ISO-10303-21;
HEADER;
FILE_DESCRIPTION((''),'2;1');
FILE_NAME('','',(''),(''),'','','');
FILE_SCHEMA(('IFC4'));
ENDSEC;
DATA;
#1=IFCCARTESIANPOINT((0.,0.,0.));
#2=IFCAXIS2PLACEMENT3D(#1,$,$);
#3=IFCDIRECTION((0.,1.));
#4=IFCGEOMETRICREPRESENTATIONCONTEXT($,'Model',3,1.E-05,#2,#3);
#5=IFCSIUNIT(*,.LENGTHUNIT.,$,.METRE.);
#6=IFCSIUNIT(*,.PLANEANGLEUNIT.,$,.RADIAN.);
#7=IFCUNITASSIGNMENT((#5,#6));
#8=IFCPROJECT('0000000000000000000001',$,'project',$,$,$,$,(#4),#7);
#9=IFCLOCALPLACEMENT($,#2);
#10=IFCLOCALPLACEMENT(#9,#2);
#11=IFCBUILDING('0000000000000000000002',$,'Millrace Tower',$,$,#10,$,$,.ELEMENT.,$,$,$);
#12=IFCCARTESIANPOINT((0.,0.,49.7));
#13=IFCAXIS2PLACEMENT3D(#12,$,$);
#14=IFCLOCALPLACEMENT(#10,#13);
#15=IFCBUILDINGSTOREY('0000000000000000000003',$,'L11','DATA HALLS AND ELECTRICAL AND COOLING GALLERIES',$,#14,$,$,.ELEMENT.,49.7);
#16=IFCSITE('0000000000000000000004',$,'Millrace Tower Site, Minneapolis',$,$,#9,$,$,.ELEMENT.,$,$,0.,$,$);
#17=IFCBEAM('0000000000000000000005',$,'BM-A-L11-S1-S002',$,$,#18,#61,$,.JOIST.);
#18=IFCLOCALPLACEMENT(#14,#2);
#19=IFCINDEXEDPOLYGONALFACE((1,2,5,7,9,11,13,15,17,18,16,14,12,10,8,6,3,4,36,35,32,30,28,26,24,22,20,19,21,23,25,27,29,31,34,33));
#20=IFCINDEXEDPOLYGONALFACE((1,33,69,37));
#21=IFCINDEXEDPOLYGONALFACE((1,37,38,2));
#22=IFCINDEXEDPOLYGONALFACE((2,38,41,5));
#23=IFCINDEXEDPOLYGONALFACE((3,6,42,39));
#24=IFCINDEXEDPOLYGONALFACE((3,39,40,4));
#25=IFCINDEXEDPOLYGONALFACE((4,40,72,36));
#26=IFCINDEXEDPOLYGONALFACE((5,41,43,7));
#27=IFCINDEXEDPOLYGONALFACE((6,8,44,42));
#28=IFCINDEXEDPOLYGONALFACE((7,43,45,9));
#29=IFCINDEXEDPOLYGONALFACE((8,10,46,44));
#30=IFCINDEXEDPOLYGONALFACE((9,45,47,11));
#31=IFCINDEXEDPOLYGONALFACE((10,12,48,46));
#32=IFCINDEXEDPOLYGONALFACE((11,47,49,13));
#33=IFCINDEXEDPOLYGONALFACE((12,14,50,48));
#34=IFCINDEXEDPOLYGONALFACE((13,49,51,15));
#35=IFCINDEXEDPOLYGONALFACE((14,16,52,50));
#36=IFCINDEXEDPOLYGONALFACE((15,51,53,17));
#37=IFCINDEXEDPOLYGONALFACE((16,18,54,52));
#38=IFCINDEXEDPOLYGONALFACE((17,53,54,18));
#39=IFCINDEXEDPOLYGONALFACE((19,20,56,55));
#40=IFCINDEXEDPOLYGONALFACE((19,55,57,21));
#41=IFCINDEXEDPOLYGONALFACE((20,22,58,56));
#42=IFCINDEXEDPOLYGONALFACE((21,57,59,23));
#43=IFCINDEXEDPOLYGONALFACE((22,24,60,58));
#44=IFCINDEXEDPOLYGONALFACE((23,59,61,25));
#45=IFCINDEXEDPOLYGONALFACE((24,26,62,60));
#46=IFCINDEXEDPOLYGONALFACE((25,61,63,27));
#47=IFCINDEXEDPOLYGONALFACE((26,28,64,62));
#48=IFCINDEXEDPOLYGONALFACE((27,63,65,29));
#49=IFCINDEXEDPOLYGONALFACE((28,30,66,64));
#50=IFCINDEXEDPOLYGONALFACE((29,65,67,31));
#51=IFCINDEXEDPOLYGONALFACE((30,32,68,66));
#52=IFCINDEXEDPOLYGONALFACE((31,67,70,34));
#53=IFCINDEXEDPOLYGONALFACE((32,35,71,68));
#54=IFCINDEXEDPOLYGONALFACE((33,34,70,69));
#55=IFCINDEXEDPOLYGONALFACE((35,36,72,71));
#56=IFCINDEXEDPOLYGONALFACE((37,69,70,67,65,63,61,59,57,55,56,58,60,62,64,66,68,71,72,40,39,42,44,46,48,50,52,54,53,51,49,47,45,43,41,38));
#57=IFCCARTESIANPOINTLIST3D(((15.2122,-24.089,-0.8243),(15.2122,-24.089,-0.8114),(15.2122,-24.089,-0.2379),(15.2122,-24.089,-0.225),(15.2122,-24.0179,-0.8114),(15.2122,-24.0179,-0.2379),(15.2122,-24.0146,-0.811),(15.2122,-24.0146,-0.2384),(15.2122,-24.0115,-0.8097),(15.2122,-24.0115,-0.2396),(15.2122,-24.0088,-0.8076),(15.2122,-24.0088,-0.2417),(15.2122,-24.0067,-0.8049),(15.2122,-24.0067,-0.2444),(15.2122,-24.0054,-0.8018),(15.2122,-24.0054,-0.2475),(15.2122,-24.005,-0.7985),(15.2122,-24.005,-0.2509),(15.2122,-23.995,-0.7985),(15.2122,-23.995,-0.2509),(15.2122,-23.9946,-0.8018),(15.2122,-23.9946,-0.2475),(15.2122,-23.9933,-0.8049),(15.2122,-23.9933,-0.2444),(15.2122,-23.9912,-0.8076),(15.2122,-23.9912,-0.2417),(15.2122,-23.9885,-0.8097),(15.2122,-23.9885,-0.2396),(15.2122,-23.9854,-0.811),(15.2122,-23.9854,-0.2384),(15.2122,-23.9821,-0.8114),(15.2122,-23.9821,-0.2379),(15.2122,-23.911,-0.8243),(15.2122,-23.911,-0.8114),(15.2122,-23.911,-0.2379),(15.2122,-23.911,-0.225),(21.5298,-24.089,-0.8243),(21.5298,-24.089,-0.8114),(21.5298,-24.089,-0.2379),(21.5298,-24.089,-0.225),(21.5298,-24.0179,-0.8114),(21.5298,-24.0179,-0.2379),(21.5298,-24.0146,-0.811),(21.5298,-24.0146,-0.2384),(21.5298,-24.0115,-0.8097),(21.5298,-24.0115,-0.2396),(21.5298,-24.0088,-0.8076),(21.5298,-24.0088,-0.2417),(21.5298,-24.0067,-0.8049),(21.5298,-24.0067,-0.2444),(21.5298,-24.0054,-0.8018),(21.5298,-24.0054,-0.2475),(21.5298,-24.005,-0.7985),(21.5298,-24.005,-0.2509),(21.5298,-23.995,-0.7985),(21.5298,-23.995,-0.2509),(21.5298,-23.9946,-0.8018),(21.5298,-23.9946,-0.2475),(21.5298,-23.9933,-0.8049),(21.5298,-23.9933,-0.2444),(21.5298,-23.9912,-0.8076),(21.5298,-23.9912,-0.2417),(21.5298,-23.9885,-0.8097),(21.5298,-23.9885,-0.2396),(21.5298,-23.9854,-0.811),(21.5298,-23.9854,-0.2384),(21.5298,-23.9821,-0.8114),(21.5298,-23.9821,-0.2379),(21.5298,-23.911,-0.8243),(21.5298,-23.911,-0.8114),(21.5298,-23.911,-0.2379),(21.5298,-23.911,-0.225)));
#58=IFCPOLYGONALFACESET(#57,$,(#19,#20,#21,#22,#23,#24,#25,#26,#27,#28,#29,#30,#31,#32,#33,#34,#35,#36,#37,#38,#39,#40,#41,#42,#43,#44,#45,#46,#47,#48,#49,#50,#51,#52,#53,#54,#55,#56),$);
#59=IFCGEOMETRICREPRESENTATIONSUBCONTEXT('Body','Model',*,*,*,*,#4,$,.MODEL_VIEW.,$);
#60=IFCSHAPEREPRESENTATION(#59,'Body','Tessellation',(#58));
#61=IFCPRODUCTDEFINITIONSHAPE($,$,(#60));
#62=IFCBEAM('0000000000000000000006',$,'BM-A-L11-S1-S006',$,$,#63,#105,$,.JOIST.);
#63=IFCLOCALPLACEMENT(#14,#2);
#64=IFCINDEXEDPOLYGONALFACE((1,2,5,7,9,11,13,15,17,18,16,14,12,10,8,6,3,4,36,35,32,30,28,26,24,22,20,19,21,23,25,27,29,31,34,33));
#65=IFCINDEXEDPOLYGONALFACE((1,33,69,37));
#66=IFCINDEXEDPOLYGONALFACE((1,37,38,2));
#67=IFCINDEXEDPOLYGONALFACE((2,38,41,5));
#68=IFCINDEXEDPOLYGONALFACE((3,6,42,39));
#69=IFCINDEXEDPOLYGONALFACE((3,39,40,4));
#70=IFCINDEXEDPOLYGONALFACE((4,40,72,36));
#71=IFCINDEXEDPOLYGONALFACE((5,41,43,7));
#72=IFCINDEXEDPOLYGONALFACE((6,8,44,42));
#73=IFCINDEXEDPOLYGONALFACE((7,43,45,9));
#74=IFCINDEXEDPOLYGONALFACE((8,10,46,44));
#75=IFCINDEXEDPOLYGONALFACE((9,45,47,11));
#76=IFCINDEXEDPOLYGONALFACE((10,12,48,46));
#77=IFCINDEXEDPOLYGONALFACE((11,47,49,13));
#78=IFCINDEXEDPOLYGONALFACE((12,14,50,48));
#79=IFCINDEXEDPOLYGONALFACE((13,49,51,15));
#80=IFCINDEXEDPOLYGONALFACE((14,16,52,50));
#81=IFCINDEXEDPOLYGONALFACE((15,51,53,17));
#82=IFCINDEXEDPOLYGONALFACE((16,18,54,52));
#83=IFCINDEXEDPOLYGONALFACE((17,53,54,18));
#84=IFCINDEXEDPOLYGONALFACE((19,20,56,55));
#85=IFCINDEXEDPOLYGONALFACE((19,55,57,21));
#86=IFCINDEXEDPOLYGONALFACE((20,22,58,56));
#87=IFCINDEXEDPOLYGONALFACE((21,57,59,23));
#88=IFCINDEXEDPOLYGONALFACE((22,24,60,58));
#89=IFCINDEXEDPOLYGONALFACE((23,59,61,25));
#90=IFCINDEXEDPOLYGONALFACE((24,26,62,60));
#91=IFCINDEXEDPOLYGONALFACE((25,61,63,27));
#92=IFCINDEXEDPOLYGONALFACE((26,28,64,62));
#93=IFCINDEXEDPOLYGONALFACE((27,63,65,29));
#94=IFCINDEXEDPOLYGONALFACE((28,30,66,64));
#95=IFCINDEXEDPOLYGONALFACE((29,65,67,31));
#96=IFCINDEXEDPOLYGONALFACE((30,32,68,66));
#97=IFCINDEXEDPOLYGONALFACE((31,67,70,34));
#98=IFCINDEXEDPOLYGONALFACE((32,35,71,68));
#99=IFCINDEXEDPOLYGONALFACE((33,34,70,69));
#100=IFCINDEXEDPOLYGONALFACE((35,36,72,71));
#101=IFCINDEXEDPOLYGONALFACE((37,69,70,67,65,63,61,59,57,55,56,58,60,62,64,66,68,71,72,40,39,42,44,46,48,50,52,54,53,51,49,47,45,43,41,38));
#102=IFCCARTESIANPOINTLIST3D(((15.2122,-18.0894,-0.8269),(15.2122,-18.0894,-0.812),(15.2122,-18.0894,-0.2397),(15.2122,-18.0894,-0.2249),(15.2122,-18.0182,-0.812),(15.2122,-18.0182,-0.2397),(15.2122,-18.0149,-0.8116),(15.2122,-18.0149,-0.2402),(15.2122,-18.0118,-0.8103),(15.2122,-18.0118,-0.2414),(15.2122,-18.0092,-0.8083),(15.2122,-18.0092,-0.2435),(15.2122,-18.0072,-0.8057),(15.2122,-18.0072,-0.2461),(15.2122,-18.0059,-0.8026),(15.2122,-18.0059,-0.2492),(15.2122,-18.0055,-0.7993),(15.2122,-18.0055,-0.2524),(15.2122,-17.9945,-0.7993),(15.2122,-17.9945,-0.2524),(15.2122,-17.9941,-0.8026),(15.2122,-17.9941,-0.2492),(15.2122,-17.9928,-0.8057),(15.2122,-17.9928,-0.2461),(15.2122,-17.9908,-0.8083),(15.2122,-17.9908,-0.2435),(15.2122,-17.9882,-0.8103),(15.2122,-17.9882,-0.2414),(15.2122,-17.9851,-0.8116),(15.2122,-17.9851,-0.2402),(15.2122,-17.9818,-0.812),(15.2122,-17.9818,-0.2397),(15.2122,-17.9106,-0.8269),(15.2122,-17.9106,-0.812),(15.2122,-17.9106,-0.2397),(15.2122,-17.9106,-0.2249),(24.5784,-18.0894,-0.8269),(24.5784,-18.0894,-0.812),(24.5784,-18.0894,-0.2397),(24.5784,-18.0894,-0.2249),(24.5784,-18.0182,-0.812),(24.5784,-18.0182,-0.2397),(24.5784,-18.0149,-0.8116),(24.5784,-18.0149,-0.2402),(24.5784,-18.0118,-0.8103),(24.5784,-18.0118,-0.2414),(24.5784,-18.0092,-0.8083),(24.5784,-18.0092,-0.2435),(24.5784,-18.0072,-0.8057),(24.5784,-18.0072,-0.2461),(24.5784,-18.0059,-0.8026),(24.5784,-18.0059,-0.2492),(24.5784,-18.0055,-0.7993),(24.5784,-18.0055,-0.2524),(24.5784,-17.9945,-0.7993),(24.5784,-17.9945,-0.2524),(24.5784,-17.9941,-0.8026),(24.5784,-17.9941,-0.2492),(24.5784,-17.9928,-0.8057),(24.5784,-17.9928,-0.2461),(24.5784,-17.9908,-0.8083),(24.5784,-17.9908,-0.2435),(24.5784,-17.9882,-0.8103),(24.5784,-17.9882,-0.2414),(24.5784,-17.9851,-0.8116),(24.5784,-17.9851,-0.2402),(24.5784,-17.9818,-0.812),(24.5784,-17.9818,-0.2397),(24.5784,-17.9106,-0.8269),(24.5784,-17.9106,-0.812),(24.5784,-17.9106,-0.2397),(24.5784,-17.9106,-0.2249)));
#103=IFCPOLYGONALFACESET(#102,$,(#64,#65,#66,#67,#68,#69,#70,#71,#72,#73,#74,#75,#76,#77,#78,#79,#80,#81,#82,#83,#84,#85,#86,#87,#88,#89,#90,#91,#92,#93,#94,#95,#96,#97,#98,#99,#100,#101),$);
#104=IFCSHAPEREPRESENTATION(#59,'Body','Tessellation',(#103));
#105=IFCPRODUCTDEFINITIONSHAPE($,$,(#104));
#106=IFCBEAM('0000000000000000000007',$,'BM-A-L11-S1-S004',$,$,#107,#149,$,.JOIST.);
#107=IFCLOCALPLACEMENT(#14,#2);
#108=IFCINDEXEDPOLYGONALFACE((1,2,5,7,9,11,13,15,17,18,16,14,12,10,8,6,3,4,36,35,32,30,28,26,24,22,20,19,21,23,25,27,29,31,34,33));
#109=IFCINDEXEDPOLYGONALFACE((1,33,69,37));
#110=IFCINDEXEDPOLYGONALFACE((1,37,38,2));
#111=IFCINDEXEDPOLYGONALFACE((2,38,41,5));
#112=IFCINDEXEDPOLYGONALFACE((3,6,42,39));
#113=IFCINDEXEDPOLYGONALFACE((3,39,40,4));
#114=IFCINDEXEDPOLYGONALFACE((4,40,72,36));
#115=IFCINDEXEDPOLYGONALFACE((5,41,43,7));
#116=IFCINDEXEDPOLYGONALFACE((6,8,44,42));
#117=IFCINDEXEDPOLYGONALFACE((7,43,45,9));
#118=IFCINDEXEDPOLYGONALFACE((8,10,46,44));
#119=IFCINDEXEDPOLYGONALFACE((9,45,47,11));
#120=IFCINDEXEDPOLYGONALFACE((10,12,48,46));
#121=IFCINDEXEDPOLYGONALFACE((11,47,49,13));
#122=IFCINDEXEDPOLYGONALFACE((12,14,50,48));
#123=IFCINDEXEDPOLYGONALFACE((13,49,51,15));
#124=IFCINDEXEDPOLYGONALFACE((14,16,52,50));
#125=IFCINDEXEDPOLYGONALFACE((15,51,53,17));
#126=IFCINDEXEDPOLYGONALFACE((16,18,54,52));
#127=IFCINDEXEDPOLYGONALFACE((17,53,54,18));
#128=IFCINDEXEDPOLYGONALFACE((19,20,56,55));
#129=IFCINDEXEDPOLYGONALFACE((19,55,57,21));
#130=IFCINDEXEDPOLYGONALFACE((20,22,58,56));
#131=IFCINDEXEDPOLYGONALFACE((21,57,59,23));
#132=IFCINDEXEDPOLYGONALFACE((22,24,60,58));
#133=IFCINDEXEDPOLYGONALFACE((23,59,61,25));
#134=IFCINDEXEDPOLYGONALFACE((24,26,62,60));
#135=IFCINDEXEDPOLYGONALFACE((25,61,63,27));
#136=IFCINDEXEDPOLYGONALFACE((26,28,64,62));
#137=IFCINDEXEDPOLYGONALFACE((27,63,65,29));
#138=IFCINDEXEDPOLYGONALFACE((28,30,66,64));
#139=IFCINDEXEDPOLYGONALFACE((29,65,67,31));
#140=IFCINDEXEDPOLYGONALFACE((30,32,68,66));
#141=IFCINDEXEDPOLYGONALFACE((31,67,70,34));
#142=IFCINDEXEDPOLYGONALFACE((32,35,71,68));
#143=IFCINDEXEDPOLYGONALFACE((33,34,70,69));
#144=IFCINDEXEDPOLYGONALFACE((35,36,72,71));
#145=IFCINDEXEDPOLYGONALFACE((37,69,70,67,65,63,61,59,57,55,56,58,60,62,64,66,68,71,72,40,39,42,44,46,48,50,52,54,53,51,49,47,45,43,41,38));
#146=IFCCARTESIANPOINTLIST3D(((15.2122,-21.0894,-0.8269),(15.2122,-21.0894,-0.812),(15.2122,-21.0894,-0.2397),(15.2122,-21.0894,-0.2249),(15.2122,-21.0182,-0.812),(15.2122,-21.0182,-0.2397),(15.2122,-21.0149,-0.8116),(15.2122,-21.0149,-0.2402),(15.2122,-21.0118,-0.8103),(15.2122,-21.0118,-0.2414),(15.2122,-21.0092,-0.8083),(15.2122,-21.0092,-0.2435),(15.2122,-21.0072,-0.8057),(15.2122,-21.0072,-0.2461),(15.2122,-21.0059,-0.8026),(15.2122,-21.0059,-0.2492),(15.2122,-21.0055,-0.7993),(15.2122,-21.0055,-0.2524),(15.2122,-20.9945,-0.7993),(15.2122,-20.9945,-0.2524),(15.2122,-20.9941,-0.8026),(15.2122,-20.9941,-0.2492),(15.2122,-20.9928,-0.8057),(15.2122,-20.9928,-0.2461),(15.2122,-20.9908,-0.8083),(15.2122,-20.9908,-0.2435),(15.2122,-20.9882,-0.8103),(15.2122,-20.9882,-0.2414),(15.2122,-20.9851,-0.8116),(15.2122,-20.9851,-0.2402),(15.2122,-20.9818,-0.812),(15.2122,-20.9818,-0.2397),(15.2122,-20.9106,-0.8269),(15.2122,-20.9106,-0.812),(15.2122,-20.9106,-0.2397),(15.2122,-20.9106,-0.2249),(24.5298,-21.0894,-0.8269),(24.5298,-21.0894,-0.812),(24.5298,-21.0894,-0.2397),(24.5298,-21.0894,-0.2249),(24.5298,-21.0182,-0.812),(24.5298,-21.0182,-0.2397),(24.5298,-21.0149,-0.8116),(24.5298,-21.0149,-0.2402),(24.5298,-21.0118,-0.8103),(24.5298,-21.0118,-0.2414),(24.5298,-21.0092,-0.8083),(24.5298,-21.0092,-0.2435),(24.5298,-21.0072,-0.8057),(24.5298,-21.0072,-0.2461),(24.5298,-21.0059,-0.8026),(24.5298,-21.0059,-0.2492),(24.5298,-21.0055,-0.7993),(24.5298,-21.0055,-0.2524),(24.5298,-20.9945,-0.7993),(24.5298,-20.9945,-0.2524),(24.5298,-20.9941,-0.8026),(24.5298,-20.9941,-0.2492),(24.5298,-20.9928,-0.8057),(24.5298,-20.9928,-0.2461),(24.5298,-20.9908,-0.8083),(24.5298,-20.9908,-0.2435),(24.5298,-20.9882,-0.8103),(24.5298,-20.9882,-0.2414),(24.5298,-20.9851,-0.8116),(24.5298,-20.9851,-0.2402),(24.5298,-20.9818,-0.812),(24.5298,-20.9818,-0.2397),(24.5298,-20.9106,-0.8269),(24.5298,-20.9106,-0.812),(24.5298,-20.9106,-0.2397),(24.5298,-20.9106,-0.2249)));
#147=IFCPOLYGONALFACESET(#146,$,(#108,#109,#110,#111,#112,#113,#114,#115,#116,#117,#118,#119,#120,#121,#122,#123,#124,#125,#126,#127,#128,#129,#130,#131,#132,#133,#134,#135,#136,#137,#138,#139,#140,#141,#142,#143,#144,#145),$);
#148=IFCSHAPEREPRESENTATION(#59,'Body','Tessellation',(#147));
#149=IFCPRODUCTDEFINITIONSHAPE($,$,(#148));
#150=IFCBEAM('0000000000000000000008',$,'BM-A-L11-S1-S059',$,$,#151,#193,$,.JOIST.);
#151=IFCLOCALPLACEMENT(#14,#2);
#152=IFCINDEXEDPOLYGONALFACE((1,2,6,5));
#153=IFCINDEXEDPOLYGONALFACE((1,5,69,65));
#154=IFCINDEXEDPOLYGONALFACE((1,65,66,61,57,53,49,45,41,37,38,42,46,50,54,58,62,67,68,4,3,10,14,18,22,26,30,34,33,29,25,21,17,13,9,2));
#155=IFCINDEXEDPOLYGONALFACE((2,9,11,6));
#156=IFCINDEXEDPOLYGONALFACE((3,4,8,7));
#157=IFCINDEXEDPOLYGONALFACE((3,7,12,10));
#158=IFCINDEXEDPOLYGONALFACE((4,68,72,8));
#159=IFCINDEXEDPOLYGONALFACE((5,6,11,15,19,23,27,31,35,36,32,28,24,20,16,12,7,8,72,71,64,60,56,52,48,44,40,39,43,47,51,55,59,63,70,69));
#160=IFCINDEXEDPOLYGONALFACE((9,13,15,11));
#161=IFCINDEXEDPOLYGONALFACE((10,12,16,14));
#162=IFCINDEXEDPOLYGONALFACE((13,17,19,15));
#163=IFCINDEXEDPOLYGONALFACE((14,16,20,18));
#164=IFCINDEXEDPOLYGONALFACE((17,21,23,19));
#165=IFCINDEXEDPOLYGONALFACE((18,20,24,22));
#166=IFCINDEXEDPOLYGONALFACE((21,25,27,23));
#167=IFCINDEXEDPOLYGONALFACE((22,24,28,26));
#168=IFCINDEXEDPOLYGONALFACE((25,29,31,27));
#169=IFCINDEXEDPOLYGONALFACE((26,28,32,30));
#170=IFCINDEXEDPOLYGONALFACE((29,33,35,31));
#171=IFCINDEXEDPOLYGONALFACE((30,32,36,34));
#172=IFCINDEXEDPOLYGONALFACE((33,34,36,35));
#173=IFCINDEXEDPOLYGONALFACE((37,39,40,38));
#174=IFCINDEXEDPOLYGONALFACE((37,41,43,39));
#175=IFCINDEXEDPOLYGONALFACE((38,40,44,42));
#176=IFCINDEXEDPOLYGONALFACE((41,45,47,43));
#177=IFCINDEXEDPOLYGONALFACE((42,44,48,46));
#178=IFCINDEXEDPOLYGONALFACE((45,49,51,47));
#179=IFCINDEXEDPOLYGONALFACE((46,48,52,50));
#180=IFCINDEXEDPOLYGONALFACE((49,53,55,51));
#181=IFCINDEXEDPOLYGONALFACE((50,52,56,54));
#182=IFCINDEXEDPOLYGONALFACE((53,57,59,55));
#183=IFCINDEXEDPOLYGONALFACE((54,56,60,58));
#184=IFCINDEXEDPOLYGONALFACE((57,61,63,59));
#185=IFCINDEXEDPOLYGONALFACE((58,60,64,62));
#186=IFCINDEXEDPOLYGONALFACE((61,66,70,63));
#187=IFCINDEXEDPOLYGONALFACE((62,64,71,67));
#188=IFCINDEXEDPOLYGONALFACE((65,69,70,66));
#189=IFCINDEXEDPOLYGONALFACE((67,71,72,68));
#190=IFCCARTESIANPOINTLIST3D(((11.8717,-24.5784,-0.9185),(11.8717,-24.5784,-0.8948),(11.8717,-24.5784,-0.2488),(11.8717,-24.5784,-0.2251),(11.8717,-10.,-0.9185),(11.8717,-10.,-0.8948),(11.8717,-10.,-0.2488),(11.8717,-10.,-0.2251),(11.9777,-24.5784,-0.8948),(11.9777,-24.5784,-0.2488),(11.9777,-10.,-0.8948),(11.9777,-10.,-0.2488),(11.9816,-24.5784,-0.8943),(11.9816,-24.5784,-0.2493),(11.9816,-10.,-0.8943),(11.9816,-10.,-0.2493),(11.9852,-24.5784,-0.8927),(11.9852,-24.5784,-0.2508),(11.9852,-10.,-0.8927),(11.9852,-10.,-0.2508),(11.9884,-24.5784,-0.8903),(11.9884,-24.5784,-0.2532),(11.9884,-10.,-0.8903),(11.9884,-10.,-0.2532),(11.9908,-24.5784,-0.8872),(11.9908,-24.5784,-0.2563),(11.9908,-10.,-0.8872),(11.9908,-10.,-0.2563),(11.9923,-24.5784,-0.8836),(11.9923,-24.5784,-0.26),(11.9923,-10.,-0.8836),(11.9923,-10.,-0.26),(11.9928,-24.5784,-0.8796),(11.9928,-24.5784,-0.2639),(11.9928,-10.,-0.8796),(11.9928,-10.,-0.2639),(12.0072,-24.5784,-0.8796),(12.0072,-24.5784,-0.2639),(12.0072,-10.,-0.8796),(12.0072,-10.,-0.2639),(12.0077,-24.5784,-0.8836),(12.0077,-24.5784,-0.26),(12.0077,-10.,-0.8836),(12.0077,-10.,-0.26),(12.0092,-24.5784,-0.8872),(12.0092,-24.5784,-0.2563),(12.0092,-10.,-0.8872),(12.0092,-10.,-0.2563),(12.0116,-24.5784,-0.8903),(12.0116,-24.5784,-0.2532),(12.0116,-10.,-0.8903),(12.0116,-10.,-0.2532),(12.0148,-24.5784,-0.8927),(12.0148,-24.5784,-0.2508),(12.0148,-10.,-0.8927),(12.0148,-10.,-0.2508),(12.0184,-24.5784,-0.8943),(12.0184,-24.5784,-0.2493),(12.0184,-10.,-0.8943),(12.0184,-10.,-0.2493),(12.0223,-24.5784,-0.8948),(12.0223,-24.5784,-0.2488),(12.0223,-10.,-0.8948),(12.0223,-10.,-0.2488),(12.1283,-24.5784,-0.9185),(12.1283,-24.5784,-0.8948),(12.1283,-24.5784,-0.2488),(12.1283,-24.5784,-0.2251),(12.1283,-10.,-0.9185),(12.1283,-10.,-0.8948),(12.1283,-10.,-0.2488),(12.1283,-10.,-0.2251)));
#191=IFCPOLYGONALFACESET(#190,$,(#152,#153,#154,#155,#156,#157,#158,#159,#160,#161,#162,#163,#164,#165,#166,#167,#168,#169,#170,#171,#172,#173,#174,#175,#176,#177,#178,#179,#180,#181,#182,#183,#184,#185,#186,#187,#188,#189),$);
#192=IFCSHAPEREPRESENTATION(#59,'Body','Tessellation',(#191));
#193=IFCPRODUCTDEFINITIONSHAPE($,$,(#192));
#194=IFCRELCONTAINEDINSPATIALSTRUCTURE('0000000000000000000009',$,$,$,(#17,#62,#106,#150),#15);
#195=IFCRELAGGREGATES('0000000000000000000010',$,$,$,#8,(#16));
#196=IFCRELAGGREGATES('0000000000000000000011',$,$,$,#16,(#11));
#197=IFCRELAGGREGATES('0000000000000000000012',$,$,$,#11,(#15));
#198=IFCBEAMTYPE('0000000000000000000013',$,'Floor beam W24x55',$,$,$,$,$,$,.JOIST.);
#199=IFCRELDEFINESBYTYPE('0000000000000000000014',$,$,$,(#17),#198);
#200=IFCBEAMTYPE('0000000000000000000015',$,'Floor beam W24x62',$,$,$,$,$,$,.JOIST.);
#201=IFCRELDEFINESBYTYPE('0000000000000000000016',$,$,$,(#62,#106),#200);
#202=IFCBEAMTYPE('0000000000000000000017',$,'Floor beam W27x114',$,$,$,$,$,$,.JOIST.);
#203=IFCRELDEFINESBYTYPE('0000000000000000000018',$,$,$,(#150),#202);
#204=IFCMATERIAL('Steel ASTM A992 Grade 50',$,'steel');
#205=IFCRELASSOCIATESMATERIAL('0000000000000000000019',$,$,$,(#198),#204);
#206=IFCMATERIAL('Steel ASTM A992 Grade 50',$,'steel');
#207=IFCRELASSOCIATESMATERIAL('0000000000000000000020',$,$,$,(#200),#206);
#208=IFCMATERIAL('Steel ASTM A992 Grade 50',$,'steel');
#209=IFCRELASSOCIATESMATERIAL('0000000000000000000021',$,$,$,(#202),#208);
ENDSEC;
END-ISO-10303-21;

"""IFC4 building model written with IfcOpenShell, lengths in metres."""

from ifc_helpers import new_model, si_unit, direction, frame, origin, origin_2d, place, context, subcontext, project, spatial, i_section, extrude, material, material_profile, profile_set, type_object, element, save


model = new_model("IFC4")

# Units and contexts
model_context = context("Model", 3, precision=1e-05, world=origin(), true_north=direction((0.0, 1.0)))
body_context = subcontext(model_context, "Body", "Model", "MODEL_VIEW")
ifc_project = project(units=[si_unit("LENGTHUNIT", "METRE"), si_unit("PLANEANGLEUNIT", "RADIAN")], contexts=[model_context])

# Site, building, storey
site_placement = place(None, origin())
site = spatial("IfcSite", under=ifc_project, at=site_placement, Name="Millrace Tower Site, Minneapolis", CompositionType="ELEMENT", RefElevation=0.0)
building_placement = place(site_placement, origin())
building = spatial("IfcBuilding", under=site, at=building_placement, Name="Millrace Tower", CompositionType="ELEMENT")
storey_placement = place(building_placement, frame((0.0, 0.0, 49.7)))
storey = spatial("IfcBuildingStorey", under=building, at=storey_placement, Name="L11", Description="DATA HALLS AND ELECTRICAL AND COOLING GALLERIES", CompositionType="ELEMENT", Elevation=49.7)

# Beams
ifc_material_1 = material(Name="Steel ASTM A992 Grade 50", Category="steel")
ifc_material_profile_1 = material_profile(ifc_material_1, i_section(OverallWidth=0.178, OverallDepth=0.5994, WebThickness=0.01, FlangeThickness=0.0129, FilletRadius=0.0129, at=origin_2d()))
ifc_profile_set_1 = profile_set([ifc_material_profile_1], Name="Steel ASTM A992 Grade 50")
beam_type_1 = type_object("IfcBeamType", Name="Floor beam W24x55", PredefinedType="JOIST", material=ifc_profile_set_1)
beam_1_placement = place(storey_placement, frame((15.2122, -24.0, -0.5247), z_axis=(1.0, 0.0, 0.0), x_axis=(0.0, 1.0, 0.0)))
element("IfcBeam", 1, at=beam_1_placement, inside=storey, type_object=beam_type_1, Name="BM-A-L11-S1-S002", PredefinedType="JOIST", context=body_context, shape_type="SweptSolid", body=[
    extrude(i_section(OverallWidth=0.178, OverallDepth=0.5994, WebThickness=0.01, FlangeThickness=0.0129, FilletRadius=0.0129, at=origin_2d()), origin(), (0.0, 0.0, 1.0), 6.3176),
])
ifc_material_2 = material(Name="Steel ASTM A992 Grade 50", Category="steel")
ifc_material_profile_2 = material_profile(ifc_material_2, i_section(OverallWidth=0.1787, OverallDepth=0.6021, WebThickness=0.011, FlangeThickness=0.0149, FilletRadius=0.0127, at=origin_2d()))
ifc_profile_set_2 = profile_set([ifc_material_profile_2], Name="Steel ASTM A992 Grade 50")
beam_type_2 = type_object("IfcBeamType", Name="Floor beam W24x62", PredefinedType="JOIST", material=ifc_profile_set_2)
beam_2_placement = place(storey_placement, frame((15.2122, -18.0, -0.5259), z_axis=(1.0, 0.0, 0.0), x_axis=(0.0, 1.0, 0.0)))
element("IfcBeam", 2, at=beam_2_placement, inside=storey, type_object=beam_type_2, Name="BM-A-L11-S1-S006", PredefinedType="JOIST", context=body_context, shape_type="SweptSolid", body=[
    extrude(i_section(OverallWidth=0.1787, OverallDepth=0.6021, WebThickness=0.011, FlangeThickness=0.0149, FilletRadius=0.0127, at=origin_2d()), origin(), (0.0, 0.0, 1.0), 9.3662),
])
beam_3_placement = place(storey_placement, frame((15.2122, -21.0, -0.5259), z_axis=(1.0, 0.0, 0.0), x_axis=(0.0, 1.0, 0.0)))
element("IfcBeam", 3, at=beam_3_placement, inside=storey, type_object=beam_type_2, Name="BM-A-L11-S1-S004", PredefinedType="JOIST", context=body_context, shape_type="SweptSolid", body=[
    extrude(i_section(OverallWidth=0.1787, OverallDepth=0.6021, WebThickness=0.011, FlangeThickness=0.0149, FilletRadius=0.0127, at=origin_2d()), origin(), (0.0, 0.0, 1.0), 9.3176),
])
ifc_material_3 = material(Name="Steel ASTM A992 Grade 50", Category="steel")
ifc_material_profile_3 = material_profile(ifc_material_3, i_section(OverallWidth=0.2566, OverallDepth=0.6934, WebThickness=0.0144, FlangeThickness=0.0237, FilletRadius=0.0151, at=origin_2d()))
ifc_profile_set_3 = profile_set([ifc_material_profile_3], Name="Steel ASTM A992 Grade 50")
beam_type_3 = type_object("IfcBeamType", Name="Floor beam W27x114", PredefinedType="JOIST", material=ifc_profile_set_3)
beam_4_placement = place(storey_placement, frame((12.0, -24.5784, -0.5718), z_axis=(0.0, 1.0, 0.0), x_axis=(-1.0, 0.0, 0.0)))
element("IfcBeam", 4, at=beam_4_placement, inside=storey, type_object=beam_type_3, Name="BM-A-L11-S1-S059", PredefinedType="JOIST", context=body_context, shape_type="SweptSolid", body=[
    extrude(i_section(OverallWidth=0.2566, OverallDepth=0.6934, WebThickness=0.0144, FlangeThickness=0.0237, FilletRadius=0.0151, at=origin_2d()), origin(), (0.0, 0.0, 1.0), 14.5784),
])

save(model, "model.ifc")
